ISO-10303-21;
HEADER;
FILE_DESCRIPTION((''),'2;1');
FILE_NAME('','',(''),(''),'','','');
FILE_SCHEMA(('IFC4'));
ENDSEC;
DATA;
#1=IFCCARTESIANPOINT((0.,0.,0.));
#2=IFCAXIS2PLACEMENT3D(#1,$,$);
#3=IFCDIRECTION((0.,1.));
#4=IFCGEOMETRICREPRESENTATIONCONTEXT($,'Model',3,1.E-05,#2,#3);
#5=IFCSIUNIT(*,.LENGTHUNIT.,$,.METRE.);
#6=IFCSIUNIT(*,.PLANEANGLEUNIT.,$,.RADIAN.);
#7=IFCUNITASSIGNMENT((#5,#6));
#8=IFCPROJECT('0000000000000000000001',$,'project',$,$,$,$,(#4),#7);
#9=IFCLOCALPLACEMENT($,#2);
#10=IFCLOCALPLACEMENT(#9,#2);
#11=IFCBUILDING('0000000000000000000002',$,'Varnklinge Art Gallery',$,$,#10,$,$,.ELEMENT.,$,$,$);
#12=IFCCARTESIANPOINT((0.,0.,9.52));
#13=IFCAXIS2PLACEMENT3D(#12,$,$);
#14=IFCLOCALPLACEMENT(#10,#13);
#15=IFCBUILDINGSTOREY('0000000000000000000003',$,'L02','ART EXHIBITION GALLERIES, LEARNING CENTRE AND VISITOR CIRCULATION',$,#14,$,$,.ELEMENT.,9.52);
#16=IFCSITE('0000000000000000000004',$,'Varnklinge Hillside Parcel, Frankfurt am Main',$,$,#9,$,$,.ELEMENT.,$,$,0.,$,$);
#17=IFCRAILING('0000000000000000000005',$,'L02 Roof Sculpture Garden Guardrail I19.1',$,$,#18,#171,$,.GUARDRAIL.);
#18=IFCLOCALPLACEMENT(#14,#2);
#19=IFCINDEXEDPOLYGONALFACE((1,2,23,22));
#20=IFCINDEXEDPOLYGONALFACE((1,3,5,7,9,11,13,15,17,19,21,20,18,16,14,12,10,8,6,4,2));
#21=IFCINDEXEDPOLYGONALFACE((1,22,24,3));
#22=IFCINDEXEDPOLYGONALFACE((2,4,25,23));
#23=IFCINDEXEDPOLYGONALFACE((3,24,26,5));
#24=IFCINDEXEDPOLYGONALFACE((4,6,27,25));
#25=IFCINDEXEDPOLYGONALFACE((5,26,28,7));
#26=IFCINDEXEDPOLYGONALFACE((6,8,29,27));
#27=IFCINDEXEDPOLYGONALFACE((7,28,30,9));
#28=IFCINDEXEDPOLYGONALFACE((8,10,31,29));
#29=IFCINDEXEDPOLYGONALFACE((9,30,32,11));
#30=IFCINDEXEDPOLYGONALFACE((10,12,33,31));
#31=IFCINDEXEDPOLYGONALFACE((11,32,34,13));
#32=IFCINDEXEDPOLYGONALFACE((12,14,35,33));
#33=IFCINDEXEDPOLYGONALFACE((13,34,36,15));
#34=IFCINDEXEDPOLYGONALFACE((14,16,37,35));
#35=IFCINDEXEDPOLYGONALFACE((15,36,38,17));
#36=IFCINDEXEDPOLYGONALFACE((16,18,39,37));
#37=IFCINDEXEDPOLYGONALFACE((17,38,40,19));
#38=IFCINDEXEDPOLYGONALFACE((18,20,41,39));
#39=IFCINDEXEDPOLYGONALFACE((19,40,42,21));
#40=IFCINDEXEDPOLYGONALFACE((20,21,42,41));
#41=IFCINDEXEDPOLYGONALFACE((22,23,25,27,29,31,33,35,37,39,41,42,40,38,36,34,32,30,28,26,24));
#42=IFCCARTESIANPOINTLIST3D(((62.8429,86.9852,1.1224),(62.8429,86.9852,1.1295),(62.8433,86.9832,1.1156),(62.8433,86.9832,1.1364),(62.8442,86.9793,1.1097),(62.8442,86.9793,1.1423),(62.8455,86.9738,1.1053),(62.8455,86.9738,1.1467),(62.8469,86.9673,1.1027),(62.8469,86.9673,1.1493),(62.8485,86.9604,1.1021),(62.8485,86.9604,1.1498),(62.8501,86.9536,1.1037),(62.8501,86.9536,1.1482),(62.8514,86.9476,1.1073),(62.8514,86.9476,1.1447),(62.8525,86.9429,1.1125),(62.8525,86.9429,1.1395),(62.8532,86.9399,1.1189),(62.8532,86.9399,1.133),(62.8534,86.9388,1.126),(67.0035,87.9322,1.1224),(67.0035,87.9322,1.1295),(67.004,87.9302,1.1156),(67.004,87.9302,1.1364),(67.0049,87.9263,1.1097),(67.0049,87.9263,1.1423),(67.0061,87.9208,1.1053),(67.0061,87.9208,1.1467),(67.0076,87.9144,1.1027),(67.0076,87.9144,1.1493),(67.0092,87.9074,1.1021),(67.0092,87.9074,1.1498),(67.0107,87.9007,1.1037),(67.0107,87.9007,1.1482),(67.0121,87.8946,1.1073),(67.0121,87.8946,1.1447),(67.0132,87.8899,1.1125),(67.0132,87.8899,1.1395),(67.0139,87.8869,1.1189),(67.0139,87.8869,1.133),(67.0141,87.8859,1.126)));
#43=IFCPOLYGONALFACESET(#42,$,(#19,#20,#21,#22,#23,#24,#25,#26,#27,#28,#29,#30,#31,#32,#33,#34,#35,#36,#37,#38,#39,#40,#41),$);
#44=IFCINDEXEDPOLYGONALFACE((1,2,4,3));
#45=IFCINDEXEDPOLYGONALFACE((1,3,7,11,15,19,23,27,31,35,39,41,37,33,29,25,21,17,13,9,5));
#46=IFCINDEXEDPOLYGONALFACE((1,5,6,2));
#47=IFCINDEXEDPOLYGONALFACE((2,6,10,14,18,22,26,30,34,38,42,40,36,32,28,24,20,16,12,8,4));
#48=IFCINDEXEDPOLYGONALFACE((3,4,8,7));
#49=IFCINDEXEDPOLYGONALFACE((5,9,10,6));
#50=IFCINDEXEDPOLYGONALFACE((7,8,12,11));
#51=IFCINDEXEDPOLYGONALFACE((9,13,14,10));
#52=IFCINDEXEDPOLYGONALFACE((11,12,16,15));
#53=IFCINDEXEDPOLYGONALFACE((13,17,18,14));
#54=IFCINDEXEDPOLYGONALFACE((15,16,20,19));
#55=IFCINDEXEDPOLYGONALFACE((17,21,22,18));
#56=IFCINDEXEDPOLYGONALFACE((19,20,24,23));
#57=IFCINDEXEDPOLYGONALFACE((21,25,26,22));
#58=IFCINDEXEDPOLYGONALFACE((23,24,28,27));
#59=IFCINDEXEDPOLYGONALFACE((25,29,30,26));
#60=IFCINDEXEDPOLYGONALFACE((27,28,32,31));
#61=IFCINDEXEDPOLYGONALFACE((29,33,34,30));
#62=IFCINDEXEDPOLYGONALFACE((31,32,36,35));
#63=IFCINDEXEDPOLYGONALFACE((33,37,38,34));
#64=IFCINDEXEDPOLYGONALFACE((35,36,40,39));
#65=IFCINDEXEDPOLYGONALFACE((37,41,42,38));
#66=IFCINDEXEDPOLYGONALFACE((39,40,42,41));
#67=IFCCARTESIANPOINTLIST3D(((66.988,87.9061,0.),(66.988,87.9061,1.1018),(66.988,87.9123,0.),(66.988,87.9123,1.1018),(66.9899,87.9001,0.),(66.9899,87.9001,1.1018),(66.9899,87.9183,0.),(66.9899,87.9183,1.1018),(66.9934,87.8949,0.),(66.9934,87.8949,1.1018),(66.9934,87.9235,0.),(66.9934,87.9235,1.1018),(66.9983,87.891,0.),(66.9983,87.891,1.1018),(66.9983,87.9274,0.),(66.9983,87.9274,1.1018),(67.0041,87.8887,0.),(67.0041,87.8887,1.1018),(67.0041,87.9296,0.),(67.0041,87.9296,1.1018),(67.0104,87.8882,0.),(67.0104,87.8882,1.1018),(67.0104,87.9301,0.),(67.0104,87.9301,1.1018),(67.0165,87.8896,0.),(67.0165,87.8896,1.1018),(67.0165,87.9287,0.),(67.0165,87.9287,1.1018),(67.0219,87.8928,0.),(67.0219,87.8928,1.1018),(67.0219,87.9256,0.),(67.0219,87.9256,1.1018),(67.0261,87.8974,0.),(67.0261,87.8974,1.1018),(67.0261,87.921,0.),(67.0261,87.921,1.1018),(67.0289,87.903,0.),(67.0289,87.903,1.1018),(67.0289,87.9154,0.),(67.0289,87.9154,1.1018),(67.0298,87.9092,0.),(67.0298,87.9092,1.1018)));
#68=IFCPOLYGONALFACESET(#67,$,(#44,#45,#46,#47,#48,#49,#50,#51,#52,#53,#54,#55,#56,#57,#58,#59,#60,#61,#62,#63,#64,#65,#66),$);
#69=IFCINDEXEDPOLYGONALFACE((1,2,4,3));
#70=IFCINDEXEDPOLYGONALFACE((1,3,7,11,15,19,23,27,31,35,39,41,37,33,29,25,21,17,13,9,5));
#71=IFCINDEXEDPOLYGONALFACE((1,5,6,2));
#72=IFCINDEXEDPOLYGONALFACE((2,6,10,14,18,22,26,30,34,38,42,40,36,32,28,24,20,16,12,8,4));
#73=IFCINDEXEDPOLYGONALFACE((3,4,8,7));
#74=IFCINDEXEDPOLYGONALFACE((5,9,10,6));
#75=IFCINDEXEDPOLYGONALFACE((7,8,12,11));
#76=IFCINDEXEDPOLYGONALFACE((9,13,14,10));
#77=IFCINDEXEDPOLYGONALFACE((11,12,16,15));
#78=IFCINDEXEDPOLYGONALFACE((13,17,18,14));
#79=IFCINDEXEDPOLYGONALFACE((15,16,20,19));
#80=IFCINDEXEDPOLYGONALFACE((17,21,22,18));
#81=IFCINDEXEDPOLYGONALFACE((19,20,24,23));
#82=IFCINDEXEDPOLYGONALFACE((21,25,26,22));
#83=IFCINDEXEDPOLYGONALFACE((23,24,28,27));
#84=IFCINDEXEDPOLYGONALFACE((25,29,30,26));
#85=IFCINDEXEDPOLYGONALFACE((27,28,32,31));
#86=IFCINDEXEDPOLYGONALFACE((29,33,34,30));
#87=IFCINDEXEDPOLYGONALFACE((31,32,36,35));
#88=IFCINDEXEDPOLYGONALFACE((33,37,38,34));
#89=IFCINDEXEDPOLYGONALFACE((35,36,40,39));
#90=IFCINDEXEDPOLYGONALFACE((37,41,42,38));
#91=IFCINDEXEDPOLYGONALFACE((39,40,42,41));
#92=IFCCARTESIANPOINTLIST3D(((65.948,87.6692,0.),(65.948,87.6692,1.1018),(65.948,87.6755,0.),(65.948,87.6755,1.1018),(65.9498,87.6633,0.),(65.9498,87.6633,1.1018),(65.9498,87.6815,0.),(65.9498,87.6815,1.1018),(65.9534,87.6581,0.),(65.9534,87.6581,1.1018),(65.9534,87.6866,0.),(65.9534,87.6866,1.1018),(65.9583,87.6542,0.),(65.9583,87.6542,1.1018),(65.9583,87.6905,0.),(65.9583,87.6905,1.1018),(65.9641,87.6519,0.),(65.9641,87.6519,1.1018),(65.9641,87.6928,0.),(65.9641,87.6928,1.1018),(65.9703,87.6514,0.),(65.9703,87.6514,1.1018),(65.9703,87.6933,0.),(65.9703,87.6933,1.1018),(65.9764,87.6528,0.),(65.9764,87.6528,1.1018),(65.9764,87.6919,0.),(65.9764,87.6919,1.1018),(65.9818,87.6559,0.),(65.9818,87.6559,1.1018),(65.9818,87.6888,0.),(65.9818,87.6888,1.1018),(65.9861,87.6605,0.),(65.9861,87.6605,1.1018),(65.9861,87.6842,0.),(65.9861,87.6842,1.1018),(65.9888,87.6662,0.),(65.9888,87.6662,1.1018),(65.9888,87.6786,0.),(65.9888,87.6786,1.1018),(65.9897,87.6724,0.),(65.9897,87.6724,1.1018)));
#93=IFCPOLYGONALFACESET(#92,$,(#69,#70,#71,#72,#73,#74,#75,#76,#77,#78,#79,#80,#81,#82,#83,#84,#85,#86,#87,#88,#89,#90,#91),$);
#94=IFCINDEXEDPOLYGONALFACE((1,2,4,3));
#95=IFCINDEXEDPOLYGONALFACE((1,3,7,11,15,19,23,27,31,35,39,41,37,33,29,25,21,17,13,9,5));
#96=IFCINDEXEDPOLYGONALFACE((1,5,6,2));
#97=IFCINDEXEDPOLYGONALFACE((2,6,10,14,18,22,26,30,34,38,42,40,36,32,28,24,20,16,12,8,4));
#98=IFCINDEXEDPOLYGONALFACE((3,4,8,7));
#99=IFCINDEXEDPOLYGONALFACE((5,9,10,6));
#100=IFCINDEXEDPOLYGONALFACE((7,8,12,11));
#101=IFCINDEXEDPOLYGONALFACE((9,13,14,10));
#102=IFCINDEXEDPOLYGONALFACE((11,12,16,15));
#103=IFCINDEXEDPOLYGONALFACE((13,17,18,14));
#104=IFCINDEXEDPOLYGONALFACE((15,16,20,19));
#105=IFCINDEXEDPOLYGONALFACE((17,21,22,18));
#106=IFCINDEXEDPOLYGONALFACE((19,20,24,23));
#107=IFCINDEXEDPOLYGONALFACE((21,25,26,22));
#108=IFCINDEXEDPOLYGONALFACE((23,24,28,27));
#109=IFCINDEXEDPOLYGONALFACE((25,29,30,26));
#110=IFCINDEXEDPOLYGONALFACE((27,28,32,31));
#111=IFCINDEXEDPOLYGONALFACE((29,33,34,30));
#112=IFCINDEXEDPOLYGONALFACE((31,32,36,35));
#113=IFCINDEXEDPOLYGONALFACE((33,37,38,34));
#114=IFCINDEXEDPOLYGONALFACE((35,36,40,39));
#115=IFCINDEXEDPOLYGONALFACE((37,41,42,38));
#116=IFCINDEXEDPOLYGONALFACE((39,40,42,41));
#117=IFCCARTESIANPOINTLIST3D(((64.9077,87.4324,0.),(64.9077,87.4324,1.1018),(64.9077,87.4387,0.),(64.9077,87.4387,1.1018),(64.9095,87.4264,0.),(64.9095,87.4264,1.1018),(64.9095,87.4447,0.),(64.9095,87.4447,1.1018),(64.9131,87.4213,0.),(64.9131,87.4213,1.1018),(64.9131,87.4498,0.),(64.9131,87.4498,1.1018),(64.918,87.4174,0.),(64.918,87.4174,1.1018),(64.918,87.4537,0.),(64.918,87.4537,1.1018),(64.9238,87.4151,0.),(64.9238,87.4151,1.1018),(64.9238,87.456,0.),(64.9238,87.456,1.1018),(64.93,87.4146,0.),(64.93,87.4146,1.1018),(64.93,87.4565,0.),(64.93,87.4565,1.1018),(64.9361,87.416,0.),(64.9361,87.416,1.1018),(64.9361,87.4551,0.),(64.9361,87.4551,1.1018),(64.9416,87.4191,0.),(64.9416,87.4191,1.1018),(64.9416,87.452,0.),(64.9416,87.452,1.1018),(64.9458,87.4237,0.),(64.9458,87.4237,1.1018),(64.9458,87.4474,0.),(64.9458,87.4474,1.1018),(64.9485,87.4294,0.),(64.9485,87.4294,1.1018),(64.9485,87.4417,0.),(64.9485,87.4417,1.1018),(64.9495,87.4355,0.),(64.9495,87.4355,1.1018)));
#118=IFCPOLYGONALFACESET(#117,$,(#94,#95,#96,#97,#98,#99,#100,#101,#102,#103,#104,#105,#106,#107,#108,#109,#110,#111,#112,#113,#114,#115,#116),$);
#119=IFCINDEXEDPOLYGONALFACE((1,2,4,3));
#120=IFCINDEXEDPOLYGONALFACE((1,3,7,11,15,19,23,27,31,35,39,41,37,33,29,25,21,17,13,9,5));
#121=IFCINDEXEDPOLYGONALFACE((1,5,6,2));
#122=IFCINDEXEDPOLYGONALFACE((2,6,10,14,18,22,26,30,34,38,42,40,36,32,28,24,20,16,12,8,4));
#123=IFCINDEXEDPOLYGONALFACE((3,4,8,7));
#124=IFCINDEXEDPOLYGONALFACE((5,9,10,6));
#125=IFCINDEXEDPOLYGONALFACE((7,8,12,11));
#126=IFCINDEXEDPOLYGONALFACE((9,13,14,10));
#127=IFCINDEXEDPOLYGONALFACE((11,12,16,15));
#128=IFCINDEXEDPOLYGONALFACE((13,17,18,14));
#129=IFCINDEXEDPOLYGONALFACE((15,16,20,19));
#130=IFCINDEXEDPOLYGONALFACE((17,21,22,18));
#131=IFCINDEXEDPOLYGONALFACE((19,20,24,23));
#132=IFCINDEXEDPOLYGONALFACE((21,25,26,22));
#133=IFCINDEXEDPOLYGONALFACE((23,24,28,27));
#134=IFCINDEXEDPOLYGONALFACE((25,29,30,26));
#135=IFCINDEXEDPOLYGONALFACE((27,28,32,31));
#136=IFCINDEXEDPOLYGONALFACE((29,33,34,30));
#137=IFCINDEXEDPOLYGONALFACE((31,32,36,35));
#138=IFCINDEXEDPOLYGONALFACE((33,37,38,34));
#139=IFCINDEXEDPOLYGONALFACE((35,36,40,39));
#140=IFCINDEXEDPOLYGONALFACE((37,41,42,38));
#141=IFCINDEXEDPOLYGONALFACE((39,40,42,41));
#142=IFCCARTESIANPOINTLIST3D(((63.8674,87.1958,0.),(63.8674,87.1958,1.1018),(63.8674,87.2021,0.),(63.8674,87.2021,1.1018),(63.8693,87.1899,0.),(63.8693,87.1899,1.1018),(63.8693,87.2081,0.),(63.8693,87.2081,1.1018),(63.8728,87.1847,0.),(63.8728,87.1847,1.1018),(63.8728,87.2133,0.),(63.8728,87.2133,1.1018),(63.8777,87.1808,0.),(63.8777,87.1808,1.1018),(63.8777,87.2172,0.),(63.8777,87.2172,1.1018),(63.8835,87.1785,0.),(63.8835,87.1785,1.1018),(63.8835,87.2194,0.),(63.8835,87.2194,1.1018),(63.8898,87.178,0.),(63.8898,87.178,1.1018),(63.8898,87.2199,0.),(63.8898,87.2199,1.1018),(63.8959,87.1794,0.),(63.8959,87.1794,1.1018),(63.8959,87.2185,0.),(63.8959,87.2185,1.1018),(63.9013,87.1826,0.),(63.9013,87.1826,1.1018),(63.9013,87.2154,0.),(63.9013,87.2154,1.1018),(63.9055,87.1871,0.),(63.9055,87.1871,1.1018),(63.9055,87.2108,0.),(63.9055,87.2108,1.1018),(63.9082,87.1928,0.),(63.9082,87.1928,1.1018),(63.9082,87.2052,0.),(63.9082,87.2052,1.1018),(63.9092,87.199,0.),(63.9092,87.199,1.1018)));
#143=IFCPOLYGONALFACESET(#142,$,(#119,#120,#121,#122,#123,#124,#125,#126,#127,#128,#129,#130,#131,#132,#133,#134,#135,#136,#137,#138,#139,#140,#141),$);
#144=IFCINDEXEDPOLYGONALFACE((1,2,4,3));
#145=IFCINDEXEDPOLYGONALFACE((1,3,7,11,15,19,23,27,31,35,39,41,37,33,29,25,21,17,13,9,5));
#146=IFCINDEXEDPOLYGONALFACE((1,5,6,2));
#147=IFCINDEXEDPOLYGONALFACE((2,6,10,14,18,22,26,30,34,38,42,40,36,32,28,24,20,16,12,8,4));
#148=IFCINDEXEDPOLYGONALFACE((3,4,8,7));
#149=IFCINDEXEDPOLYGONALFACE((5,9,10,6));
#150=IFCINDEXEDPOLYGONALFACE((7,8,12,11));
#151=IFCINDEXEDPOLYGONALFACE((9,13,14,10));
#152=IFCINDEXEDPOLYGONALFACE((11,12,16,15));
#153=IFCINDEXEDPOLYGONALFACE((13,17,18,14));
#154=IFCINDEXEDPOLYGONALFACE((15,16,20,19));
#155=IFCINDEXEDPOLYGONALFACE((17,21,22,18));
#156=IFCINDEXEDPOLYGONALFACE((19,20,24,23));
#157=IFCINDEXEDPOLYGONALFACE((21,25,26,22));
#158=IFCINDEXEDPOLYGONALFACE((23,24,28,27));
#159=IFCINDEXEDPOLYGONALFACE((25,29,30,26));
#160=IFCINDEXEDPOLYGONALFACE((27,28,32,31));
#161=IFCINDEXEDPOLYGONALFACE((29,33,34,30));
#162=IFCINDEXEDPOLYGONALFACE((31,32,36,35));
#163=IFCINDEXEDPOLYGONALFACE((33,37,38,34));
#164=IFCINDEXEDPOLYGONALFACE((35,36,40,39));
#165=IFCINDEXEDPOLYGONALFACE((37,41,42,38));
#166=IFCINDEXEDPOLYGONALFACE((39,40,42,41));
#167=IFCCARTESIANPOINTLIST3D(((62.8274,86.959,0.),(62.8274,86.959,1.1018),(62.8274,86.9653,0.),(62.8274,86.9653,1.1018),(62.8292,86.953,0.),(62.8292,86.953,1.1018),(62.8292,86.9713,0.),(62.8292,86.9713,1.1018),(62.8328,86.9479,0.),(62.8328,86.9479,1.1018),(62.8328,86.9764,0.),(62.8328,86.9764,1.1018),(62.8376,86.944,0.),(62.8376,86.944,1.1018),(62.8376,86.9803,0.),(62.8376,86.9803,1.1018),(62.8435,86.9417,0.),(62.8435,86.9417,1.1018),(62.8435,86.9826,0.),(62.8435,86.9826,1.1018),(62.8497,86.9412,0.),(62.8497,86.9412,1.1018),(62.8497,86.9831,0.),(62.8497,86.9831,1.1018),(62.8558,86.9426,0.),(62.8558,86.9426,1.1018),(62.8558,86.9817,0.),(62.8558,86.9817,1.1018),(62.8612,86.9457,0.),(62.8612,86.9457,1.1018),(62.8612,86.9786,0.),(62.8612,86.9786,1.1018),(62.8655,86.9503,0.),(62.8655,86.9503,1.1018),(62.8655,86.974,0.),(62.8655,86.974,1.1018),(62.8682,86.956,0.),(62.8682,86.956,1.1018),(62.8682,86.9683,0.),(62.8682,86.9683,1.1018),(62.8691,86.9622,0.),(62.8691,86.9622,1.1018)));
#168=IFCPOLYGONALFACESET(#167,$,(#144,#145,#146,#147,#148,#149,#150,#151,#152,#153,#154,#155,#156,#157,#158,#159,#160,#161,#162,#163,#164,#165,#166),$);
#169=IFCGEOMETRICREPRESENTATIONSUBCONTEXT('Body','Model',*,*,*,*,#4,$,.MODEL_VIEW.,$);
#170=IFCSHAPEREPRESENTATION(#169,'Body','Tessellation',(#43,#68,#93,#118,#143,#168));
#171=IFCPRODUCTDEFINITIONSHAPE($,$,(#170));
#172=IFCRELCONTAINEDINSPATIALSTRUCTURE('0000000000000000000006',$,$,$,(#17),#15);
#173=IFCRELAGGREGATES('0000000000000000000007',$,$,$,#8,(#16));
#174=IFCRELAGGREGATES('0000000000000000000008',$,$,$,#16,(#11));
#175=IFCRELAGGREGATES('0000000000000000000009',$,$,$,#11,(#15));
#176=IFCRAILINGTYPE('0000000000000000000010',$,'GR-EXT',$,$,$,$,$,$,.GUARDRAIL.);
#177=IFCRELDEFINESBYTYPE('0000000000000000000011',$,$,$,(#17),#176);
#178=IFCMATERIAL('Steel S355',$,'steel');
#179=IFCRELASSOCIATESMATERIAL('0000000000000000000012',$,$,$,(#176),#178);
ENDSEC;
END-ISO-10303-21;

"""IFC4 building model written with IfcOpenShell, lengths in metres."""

from ifc_helpers import new_model, si_unit, direction, frame, origin, origin_2d, place, context, subcontext, project, spatial, circle, extrude, material, type_object, element, save


model = new_model("IFC4")

# Units and contexts
model_context = context("Model", 3, precision=1e-05, world=origin(), true_north=direction((0.0, 1.0)))
body_context = subcontext(model_context, "Body", "Model", "MODEL_VIEW")
ifc_project = project(units=[si_unit("LENGTHUNIT", "METRE"), si_unit("PLANEANGLEUNIT", "RADIAN")], contexts=[model_context])

# Site, building, storey
site_placement = place(None, origin())
site = spatial("IfcSite", under=ifc_project, at=site_placement, Name="Varnklinge Hillside Parcel, Frankfurt am Main", CompositionType="ELEMENT", RefElevation=0.0)
building_placement = place(site_placement, origin())
building = spatial("IfcBuilding", under=site, at=building_placement, Name="Varnklinge Art Gallery", CompositionType="ELEMENT")
storey_placement = place(building_placement, frame((0.0, 0.0, 9.52)))
storey = spatial("IfcBuildingStorey", under=building, at=storey_placement, Name="L02", Description="ART EXHIBITION GALLERIES, LEARNING CENTRE AND VISITOR CIRCULATION", CompositionType="ELEMENT", Elevation=9.52)

# Railing
ifc_material_1 = material(Name="Steel S355", Category="steel")
railing_type = type_object("IfcRailingType", Name="GR-EXT", PredefinedType="GUARDRAIL", material=ifc_material_1)
railing_1_placement = place(storey_placement, frame((67.0088, 87.9092, 0.0)))
element("IfcRailing", 1, at=railing_1_placement, inside=storey, type_object=railing_type, Name="L02 Roof Sculpture Garden Guardrail I19.1", PredefinedType="GUARDRAIL", context=body_context, shape_type="SweptSolid", body=[
    extrude(circle(Radius=0.0239, at=origin_2d()), frame((0.0, 0.0, 1.126), z_axis=(-0.975061, -0.221938, 0.0), x_axis=(0.221938, -0.975061, 0.0)), (0.0, 0.0, 1.0), 4.2671),
    extrude(circle(Radius=0.021, at=origin_2d()), origin(), (0.0, 0.0, 1.0), 1.1018),
    extrude(circle(Radius=0.021, at=origin_2d()), frame((-1.04, -0.2368, 0.0)), (0.0, 0.0, 1.0), 1.1018),
    extrude(circle(Radius=0.021, at=origin_2d()), frame((-2.0803, -0.4736, 0.0)), (0.0, 0.0, 1.0), 1.1018),
    extrude(circle(Radius=0.021, at=origin_2d()), frame((-3.1206, -0.7102, 0.0)), (0.0, 0.0, 1.0), 1.1018),
    extrude(circle(Radius=0.021, at=origin_2d()), frame((-4.1606, -0.947, 0.0)), (0.0, 0.0, 1.0), 1.1018),
])

save(model, "model.ifc")
